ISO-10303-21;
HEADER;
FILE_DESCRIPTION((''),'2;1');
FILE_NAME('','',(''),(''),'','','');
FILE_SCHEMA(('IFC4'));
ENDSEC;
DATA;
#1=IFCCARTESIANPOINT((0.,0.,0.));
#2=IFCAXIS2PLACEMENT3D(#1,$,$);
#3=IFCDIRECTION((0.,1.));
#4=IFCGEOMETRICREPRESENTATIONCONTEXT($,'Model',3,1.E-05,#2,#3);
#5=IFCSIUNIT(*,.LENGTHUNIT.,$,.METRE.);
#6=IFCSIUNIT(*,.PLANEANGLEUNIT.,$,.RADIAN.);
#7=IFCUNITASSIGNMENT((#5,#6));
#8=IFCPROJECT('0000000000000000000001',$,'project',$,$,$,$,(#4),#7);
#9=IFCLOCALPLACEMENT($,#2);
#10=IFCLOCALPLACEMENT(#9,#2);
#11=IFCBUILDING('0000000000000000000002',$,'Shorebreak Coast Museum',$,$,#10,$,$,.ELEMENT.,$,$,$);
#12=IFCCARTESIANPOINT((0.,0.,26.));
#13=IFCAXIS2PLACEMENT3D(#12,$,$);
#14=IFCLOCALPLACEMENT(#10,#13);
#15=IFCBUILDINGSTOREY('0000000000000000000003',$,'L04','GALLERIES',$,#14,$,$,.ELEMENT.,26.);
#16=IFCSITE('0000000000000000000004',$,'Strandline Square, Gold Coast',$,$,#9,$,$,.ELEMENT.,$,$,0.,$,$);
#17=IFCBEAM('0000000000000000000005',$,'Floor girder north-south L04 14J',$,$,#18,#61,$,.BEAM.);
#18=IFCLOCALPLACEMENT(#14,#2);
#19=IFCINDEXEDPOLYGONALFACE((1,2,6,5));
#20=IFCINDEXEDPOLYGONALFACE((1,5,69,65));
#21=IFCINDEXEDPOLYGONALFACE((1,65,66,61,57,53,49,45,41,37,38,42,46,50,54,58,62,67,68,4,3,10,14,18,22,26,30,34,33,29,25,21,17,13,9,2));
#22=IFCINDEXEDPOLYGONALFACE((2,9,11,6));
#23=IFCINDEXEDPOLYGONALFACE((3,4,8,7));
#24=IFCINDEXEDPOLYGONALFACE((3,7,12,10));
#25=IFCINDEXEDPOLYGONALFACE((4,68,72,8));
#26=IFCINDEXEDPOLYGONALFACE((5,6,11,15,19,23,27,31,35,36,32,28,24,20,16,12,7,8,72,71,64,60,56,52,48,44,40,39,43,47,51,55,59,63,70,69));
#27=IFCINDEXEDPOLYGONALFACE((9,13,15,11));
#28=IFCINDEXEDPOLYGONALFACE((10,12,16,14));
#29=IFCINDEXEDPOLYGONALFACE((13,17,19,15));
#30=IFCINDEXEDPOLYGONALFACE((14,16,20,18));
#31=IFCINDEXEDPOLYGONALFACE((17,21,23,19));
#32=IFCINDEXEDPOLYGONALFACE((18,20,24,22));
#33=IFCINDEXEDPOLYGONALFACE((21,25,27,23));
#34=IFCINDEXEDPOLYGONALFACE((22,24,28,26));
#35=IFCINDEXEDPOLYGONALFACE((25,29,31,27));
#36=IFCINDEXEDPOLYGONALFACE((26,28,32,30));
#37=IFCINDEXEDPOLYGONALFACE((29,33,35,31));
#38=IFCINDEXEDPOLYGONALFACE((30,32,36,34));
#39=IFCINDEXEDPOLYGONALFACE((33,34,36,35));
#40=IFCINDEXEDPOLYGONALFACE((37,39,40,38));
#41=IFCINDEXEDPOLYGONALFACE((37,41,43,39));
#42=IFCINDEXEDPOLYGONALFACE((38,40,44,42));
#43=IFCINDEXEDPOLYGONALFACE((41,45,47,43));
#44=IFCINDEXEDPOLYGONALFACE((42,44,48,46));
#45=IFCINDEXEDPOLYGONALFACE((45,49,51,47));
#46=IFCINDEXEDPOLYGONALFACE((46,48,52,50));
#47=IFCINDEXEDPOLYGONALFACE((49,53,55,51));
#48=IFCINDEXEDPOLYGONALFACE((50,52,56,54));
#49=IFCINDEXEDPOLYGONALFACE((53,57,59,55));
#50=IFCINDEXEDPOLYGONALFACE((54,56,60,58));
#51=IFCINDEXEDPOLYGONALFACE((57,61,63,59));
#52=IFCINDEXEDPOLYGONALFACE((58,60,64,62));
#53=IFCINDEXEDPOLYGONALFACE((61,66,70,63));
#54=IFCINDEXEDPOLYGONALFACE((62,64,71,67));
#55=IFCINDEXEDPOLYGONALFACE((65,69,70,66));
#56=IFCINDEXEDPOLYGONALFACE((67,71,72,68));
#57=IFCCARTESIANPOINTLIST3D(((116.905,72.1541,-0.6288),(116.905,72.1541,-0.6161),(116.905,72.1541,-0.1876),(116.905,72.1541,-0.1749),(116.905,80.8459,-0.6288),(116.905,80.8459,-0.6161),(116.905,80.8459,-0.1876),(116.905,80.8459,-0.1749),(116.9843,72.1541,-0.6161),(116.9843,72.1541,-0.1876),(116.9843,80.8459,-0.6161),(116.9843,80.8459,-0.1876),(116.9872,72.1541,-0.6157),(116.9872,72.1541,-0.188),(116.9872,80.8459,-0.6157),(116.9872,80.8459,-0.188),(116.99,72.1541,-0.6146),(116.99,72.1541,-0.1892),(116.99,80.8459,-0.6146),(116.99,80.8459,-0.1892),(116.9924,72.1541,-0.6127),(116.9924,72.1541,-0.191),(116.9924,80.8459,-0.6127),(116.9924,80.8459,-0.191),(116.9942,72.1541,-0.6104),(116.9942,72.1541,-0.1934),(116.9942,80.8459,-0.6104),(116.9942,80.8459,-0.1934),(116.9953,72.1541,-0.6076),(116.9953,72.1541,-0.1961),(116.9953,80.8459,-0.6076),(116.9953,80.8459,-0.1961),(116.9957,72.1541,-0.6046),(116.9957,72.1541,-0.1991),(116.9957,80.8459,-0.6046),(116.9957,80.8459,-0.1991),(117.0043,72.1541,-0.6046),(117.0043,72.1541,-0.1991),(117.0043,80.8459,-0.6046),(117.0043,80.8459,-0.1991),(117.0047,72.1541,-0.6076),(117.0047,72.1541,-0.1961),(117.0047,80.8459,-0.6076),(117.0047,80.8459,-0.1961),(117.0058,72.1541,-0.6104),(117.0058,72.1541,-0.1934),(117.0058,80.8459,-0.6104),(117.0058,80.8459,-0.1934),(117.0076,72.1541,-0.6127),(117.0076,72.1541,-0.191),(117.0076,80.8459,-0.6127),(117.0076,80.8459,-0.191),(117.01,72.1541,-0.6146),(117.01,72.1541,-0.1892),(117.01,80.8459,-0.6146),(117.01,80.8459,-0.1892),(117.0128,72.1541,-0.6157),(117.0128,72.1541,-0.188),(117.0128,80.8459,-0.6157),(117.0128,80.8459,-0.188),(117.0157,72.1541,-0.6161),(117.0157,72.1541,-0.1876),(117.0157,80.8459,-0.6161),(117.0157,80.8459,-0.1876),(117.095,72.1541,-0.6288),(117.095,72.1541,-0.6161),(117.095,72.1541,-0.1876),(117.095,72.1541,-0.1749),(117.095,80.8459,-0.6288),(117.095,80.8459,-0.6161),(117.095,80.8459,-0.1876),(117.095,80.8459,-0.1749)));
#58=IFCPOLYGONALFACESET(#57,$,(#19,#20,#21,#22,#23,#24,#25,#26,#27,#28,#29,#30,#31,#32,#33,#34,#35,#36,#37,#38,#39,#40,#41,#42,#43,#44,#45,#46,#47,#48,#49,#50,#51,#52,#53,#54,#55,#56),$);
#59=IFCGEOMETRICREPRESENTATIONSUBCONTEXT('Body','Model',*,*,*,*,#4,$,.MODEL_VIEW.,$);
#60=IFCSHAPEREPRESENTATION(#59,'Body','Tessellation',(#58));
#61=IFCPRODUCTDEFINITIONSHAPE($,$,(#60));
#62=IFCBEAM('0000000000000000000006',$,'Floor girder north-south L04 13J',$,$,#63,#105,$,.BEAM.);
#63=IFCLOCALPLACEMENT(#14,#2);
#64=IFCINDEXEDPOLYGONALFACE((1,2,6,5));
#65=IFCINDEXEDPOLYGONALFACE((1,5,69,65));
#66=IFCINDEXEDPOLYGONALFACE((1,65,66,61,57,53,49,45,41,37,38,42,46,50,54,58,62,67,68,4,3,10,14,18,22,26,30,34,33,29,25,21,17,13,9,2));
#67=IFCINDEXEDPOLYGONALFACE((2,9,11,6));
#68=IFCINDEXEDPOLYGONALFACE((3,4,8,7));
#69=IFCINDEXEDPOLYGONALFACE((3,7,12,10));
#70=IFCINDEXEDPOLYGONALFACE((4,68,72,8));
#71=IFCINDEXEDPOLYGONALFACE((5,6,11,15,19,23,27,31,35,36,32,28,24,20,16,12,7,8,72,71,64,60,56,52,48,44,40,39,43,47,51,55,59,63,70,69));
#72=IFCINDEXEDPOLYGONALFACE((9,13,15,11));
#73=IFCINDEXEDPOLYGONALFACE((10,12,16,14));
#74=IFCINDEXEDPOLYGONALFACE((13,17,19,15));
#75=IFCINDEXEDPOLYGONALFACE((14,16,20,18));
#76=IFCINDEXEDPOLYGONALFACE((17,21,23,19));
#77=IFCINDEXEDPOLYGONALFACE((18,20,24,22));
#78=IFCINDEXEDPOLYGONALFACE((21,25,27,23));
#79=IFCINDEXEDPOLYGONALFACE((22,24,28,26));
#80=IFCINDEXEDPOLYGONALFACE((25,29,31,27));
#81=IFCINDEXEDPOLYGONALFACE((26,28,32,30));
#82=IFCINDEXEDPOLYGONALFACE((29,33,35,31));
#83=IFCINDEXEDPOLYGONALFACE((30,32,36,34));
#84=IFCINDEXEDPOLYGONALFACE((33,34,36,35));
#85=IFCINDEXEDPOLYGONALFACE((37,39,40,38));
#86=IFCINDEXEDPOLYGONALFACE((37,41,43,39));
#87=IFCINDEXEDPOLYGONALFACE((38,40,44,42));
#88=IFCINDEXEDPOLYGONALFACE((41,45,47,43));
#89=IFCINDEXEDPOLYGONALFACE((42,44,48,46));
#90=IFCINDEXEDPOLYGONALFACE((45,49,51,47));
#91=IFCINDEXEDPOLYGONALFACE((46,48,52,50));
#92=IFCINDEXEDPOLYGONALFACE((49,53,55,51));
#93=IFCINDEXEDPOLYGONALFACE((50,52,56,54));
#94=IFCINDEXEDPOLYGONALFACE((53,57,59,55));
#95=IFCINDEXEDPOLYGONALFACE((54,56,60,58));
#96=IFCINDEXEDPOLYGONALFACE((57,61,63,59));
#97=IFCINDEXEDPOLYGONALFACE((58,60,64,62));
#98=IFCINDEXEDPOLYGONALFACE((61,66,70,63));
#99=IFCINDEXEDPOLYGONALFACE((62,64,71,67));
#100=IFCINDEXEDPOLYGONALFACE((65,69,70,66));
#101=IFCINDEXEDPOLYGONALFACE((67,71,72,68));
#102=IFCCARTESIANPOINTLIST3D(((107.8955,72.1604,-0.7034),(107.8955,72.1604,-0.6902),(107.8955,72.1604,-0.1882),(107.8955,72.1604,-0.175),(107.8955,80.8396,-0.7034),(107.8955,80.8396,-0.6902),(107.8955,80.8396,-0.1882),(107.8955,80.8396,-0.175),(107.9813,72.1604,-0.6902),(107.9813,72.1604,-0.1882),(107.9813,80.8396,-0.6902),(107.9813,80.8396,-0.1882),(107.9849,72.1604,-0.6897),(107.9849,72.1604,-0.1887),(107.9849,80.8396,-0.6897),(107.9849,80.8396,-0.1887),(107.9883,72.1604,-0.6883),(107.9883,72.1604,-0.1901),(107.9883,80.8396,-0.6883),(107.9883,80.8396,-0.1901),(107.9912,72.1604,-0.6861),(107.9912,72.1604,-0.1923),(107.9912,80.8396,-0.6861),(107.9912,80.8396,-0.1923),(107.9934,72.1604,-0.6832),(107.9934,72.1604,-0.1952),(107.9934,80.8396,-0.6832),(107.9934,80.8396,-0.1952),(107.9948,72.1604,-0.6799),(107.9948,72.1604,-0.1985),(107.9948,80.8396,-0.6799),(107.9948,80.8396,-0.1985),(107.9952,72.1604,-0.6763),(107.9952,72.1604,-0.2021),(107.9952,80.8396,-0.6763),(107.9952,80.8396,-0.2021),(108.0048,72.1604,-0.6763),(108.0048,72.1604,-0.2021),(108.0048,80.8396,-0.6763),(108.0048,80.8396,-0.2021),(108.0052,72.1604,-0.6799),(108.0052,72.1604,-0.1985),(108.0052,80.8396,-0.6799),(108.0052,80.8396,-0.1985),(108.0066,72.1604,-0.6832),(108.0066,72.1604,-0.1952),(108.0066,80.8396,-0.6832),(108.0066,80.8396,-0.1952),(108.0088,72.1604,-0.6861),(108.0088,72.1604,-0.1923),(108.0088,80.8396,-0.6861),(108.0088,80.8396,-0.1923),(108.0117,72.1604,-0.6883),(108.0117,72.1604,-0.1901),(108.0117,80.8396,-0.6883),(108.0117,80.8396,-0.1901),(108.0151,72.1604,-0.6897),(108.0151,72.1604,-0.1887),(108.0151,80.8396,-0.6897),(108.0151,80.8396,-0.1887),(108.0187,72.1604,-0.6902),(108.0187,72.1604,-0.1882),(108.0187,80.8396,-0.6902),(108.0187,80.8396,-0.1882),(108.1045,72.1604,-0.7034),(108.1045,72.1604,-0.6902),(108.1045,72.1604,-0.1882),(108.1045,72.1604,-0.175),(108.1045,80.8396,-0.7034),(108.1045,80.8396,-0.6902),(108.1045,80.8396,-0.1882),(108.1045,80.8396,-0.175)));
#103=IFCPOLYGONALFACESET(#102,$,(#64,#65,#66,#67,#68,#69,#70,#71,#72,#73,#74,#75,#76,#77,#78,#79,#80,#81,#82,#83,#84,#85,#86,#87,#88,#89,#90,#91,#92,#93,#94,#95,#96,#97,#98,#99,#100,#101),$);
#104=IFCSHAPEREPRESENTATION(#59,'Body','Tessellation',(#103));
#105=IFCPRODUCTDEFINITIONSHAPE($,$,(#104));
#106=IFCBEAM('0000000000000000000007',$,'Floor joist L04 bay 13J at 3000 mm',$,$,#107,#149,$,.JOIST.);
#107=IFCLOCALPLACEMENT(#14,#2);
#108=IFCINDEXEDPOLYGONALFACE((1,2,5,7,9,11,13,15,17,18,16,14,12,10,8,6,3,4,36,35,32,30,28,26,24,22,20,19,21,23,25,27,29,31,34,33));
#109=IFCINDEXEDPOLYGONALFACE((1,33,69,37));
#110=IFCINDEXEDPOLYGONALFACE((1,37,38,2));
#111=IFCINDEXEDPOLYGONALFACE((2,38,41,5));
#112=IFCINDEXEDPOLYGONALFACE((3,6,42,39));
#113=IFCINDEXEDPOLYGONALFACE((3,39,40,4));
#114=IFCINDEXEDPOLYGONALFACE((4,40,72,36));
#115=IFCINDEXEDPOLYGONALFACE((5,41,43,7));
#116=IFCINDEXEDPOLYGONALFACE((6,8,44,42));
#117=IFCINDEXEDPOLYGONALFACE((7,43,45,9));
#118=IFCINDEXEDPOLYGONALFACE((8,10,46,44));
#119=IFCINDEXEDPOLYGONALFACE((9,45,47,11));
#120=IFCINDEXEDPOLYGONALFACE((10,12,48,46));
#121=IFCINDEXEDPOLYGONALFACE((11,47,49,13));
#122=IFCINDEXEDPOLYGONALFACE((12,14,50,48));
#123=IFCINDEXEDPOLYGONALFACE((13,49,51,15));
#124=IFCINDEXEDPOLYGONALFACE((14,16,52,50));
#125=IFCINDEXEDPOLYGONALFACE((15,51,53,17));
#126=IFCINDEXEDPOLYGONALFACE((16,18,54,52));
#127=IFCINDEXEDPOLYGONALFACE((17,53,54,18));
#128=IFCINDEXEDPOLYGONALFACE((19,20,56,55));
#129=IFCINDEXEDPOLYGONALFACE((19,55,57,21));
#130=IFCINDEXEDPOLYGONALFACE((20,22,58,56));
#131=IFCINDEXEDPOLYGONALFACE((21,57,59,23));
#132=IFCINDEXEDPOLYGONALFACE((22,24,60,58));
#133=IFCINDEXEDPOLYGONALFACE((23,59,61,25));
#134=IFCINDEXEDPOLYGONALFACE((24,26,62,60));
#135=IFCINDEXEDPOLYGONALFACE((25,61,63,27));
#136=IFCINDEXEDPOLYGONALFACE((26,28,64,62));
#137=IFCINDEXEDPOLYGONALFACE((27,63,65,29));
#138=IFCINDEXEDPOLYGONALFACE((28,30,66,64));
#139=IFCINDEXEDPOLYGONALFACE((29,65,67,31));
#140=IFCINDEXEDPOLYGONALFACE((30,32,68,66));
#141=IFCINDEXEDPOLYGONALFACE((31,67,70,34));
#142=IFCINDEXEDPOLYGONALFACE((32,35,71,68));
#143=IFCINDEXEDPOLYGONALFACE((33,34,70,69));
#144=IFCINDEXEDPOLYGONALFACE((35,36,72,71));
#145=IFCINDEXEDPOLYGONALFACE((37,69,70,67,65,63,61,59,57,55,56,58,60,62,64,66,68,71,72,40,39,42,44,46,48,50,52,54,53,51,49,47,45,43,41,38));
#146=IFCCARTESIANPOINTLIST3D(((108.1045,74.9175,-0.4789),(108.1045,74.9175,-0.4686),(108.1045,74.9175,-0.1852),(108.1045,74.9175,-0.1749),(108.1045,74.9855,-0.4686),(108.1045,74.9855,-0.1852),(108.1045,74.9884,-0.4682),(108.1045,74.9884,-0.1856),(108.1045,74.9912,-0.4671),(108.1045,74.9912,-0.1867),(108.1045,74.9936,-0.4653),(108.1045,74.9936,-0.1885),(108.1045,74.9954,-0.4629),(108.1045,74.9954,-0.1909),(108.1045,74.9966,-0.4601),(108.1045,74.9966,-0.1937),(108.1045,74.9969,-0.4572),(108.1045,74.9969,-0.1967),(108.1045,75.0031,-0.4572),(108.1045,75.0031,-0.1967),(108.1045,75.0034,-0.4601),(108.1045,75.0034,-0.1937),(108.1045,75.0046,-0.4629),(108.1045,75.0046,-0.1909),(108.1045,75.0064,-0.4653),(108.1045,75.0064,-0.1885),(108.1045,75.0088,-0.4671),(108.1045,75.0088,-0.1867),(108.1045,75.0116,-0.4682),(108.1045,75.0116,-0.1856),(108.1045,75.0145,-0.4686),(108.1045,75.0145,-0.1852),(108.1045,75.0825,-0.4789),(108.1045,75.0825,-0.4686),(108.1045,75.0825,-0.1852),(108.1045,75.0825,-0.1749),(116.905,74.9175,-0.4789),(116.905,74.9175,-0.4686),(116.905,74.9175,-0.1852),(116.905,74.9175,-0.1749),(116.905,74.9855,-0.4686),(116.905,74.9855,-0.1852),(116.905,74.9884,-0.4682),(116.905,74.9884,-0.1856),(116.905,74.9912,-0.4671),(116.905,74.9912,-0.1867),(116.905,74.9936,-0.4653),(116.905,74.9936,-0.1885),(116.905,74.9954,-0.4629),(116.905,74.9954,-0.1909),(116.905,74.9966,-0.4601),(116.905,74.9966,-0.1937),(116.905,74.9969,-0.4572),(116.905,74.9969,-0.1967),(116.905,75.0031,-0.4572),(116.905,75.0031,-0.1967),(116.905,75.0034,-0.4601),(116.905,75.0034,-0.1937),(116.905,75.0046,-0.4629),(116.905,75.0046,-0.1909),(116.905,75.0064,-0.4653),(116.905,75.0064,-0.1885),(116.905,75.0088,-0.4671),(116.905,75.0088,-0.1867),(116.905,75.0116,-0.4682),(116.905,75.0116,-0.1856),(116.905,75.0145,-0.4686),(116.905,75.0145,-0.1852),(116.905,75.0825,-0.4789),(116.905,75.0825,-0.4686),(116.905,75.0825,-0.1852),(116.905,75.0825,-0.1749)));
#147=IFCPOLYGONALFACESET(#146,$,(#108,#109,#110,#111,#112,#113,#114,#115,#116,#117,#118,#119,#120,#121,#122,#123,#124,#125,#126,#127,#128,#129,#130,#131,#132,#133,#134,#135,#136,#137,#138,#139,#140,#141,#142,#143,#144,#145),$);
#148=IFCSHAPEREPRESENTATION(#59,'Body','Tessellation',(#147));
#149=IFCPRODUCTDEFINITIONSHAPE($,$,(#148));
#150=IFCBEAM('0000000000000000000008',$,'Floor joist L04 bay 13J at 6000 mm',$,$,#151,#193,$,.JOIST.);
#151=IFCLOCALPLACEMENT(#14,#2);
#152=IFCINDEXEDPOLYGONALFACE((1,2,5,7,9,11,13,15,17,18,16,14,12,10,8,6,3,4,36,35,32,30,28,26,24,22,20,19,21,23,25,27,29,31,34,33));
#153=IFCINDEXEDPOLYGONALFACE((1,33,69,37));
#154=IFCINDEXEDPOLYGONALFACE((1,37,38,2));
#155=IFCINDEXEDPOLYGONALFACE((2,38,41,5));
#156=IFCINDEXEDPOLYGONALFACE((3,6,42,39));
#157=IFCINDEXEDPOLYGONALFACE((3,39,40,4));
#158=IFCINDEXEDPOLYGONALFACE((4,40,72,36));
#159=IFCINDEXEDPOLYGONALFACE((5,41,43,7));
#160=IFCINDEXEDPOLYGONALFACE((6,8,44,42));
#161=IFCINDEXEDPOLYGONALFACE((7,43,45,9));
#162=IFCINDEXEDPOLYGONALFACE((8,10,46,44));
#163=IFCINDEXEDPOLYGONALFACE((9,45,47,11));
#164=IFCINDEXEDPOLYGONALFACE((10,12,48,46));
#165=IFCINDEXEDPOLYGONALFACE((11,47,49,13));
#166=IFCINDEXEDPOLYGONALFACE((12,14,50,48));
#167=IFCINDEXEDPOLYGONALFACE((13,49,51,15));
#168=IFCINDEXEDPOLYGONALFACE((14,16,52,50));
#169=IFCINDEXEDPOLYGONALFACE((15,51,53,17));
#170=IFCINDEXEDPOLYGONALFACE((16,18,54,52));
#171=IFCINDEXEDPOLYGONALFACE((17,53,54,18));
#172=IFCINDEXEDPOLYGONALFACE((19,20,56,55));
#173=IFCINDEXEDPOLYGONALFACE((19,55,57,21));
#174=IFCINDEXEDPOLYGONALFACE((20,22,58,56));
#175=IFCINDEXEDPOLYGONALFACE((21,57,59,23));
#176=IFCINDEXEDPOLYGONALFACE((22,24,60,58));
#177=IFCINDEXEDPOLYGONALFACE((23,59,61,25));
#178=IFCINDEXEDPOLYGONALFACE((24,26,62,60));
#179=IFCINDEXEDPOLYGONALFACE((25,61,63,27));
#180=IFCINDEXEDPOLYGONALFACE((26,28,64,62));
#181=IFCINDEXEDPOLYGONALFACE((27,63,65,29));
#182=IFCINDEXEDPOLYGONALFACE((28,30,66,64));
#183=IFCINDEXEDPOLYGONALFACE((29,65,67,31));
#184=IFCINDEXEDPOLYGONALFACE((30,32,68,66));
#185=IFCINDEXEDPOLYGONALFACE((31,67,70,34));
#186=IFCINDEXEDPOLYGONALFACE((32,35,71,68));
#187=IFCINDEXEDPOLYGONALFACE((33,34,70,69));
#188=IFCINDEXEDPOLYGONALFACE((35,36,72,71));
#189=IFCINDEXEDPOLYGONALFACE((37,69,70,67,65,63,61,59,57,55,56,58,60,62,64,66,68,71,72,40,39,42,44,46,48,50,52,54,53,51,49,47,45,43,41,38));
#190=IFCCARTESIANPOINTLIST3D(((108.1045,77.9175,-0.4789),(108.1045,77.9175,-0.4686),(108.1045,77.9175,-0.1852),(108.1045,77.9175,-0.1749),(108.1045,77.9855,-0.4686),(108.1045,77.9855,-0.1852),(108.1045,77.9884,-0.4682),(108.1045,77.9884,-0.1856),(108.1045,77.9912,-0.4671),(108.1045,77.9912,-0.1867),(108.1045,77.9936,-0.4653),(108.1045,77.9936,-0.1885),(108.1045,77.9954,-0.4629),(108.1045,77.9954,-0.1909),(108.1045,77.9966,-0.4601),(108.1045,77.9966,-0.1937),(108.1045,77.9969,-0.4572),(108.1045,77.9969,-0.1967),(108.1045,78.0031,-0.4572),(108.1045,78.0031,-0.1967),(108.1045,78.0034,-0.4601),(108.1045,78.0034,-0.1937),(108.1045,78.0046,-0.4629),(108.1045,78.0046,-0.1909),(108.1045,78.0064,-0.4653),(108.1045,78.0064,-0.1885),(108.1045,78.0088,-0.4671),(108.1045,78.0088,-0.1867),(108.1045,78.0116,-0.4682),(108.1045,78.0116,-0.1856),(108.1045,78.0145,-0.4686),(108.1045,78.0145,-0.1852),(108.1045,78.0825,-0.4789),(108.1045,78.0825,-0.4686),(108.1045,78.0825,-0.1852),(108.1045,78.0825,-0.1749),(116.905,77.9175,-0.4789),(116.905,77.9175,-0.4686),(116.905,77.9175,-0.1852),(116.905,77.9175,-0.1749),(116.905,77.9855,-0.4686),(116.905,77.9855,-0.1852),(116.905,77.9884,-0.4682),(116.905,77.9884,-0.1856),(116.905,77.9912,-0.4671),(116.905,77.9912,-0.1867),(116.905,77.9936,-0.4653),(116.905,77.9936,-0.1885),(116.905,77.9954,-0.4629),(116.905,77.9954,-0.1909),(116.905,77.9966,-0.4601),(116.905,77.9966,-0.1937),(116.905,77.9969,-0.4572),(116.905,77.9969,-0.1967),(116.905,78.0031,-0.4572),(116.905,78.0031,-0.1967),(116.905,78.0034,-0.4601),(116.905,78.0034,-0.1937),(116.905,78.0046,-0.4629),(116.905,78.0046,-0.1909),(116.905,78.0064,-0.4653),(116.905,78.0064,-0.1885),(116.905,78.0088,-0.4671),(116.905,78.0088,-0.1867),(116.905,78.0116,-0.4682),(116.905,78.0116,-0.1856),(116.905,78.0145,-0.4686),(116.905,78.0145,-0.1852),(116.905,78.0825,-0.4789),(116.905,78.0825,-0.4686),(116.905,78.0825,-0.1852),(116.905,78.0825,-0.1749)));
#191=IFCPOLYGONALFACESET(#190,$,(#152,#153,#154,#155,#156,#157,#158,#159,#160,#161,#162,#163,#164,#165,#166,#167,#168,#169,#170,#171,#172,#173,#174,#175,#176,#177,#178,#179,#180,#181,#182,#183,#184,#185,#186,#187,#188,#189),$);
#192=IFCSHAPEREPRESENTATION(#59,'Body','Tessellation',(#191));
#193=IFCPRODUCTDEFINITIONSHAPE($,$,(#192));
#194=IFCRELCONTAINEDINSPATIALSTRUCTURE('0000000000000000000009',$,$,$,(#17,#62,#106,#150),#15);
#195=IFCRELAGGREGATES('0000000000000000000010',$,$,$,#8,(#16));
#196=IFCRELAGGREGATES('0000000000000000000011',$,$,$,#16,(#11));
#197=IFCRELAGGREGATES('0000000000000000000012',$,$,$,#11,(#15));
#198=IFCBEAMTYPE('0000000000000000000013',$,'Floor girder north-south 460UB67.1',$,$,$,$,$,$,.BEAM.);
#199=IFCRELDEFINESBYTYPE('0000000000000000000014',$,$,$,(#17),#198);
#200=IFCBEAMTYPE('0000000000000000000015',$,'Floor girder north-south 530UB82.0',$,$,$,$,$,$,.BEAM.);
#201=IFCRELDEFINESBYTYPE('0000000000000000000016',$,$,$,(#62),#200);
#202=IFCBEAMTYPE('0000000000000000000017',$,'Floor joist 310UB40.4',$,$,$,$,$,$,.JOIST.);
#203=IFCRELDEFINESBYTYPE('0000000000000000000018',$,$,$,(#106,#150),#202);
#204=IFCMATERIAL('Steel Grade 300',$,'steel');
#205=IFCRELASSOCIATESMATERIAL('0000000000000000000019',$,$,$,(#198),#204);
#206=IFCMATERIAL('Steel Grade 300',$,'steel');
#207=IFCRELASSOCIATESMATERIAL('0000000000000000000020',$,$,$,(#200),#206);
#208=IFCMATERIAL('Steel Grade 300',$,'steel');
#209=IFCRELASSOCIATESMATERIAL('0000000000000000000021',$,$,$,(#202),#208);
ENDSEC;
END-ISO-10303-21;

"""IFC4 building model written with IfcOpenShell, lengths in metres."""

from ifc_helpers import new_model, si_unit, direction, frame, origin, origin_2d, place, context, subcontext, project, spatial, i_section, extrude, material, material_profile, profile_set, type_object, element, save


model = new_model("IFC4")

# Units and contexts
model_context = context("Model", 3, precision=1e-05, world=origin(), true_north=direction((0.0, 1.0)))
body_context = subcontext(model_context, "Body", "Model", "MODEL_VIEW")
ifc_project = project(units=[si_unit("LENGTHUNIT", "METRE"), si_unit("PLANEANGLEUNIT", "RADIAN")], contexts=[model_context])

# Site, building, storey
site_placement = place(None, origin())
site = spatial("IfcSite", under=ifc_project, at=site_placement, Name="Strandline Square, Gold Coast", CompositionType="ELEMENT", RefElevation=0.0)
building_placement = place(site_placement, origin())
building = spatial("IfcBuilding", under=site, at=building_placement, Name="Shorebreak Coast Museum", CompositionType="ELEMENT")
storey_placement = place(building_placement, frame((0.0, 0.0, 26.0)))
storey = spatial("IfcBuildingStorey", under=building, at=storey_placement, Name="L04", Description="GALLERIES", CompositionType="ELEMENT", Elevation=26.0)

# Beams
ifc_material_1 = material(Name="Steel Grade 300", Category="steel")
ifc_material_profile_1 = material_profile(ifc_material_1, i_section(OverallWidth=0.1899, OverallDepth=0.4539, WebThickness=0.0085, FlangeThickness=0.0127, FilletRadius=0.0115, at=origin_2d()), Name="460UB67.1")
ifc_profile_set_1 = profile_set([ifc_material_profile_1], Name="Steel Grade 300")
beam_type_1 = type_object("IfcBeamType", Name="Floor girder north-south 460UB67.1", PredefinedType="BEAM", material=ifc_profile_set_1)
beam_1_placement = place(storey_placement, frame((117.0, 72.1541, -0.4019), z_axis=(0.0, 1.0, 0.0), x_axis=(-1.0, 0.0, 0.0)))
element("IfcBeam", 1, at=beam_1_placement, inside=storey, type_object=beam_type_1, Name="Floor girder north-south L04 14J", PredefinedType="BEAM", context=body_context, shape_type="SweptSolid", body=[
    extrude(i_section(OverallWidth=0.1899, OverallDepth=0.4539, WebThickness=0.0085, FlangeThickness=0.0127, FilletRadius=0.0115, at=origin_2d()), origin(), (0.0, 0.0, 1.0), 8.6919),
])
ifc_material_2 = material(Name="Steel Grade 300", Category="steel")
ifc_material_profile_2 = material_profile(ifc_material_2, i_section(OverallWidth=0.209, OverallDepth=0.5283, WebThickness=0.0095, FlangeThickness=0.0132, FilletRadius=0.0139, at=origin_2d()), Name="530UB82.0")
ifc_profile_set_2 = profile_set([ifc_material_profile_2], Name="Steel Grade 300")
beam_type_2 = type_object("IfcBeamType", Name="Floor girder north-south 530UB82.0", PredefinedType="BEAM", material=ifc_profile_set_2)
beam_2_placement = place(storey_placement, frame((108.0, 72.1604, -0.4392), z_axis=(0.0, 1.0, 0.0), x_axis=(-1.0, 0.0, 0.0)))
element("IfcBeam", 2, at=beam_2_placement, inside=storey, type_object=beam_type_2, Name="Floor girder north-south L04 13J", PredefinedType="BEAM", context=body_context, shape_type="SweptSolid", body=[
    extrude(i_section(OverallWidth=0.209, OverallDepth=0.5283, WebThickness=0.0095, FlangeThickness=0.0132, FilletRadius=0.0139, at=origin_2d()), origin(), (0.0, 0.0, 1.0), 8.6792),
])
ifc_material_3 = material(Name="Steel Grade 300", Category="steel")
ifc_material_profile_3 = material_profile(ifc_material_3, i_section(OverallWidth=0.165, OverallDepth=0.304, WebThickness=0.0061, FlangeThickness=0.0103, FilletRadius=0.0115, at=origin_2d()), Name="310UB40.4")
ifc_profile_set_3 = profile_set([ifc_material_profile_3], Name="Steel Grade 300")
beam_type_3 = type_object("IfcBeamType", Name="Floor joist 310UB40.4", PredefinedType="JOIST", material=ifc_profile_set_3)
for number, where, z_axis, x_axis, name in (
    (3, (108.1045, 75.0, -0.3269), (1.0, 0.0, 0.0), (0.0, 1.0, 0.0), "Floor joist L04 bay 13J at 3000 mm"),
    (4, (108.1045, 78.0, -0.3269), (1.0, 0.0, 0.0), (0.0, 1.0, 0.0), "Floor joist L04 bay 13J at 6000 mm"),
):
    element("IfcBeam", number, at=place(storey_placement, frame(where, z_axis=z_axis, x_axis=x_axis)), inside=storey, type_object=beam_type_3, Name=name, PredefinedType="JOIST", context=body_context, shape_type="SweptSolid", body=[
        extrude(i_section(OverallWidth=0.165, OverallDepth=0.304, WebThickness=0.0061, FlangeThickness=0.0103, FilletRadius=0.0115, at=origin_2d()), origin(), (0.0, 0.0, 1.0), 8.8005),
    ])

save(model, "model.ifc")
